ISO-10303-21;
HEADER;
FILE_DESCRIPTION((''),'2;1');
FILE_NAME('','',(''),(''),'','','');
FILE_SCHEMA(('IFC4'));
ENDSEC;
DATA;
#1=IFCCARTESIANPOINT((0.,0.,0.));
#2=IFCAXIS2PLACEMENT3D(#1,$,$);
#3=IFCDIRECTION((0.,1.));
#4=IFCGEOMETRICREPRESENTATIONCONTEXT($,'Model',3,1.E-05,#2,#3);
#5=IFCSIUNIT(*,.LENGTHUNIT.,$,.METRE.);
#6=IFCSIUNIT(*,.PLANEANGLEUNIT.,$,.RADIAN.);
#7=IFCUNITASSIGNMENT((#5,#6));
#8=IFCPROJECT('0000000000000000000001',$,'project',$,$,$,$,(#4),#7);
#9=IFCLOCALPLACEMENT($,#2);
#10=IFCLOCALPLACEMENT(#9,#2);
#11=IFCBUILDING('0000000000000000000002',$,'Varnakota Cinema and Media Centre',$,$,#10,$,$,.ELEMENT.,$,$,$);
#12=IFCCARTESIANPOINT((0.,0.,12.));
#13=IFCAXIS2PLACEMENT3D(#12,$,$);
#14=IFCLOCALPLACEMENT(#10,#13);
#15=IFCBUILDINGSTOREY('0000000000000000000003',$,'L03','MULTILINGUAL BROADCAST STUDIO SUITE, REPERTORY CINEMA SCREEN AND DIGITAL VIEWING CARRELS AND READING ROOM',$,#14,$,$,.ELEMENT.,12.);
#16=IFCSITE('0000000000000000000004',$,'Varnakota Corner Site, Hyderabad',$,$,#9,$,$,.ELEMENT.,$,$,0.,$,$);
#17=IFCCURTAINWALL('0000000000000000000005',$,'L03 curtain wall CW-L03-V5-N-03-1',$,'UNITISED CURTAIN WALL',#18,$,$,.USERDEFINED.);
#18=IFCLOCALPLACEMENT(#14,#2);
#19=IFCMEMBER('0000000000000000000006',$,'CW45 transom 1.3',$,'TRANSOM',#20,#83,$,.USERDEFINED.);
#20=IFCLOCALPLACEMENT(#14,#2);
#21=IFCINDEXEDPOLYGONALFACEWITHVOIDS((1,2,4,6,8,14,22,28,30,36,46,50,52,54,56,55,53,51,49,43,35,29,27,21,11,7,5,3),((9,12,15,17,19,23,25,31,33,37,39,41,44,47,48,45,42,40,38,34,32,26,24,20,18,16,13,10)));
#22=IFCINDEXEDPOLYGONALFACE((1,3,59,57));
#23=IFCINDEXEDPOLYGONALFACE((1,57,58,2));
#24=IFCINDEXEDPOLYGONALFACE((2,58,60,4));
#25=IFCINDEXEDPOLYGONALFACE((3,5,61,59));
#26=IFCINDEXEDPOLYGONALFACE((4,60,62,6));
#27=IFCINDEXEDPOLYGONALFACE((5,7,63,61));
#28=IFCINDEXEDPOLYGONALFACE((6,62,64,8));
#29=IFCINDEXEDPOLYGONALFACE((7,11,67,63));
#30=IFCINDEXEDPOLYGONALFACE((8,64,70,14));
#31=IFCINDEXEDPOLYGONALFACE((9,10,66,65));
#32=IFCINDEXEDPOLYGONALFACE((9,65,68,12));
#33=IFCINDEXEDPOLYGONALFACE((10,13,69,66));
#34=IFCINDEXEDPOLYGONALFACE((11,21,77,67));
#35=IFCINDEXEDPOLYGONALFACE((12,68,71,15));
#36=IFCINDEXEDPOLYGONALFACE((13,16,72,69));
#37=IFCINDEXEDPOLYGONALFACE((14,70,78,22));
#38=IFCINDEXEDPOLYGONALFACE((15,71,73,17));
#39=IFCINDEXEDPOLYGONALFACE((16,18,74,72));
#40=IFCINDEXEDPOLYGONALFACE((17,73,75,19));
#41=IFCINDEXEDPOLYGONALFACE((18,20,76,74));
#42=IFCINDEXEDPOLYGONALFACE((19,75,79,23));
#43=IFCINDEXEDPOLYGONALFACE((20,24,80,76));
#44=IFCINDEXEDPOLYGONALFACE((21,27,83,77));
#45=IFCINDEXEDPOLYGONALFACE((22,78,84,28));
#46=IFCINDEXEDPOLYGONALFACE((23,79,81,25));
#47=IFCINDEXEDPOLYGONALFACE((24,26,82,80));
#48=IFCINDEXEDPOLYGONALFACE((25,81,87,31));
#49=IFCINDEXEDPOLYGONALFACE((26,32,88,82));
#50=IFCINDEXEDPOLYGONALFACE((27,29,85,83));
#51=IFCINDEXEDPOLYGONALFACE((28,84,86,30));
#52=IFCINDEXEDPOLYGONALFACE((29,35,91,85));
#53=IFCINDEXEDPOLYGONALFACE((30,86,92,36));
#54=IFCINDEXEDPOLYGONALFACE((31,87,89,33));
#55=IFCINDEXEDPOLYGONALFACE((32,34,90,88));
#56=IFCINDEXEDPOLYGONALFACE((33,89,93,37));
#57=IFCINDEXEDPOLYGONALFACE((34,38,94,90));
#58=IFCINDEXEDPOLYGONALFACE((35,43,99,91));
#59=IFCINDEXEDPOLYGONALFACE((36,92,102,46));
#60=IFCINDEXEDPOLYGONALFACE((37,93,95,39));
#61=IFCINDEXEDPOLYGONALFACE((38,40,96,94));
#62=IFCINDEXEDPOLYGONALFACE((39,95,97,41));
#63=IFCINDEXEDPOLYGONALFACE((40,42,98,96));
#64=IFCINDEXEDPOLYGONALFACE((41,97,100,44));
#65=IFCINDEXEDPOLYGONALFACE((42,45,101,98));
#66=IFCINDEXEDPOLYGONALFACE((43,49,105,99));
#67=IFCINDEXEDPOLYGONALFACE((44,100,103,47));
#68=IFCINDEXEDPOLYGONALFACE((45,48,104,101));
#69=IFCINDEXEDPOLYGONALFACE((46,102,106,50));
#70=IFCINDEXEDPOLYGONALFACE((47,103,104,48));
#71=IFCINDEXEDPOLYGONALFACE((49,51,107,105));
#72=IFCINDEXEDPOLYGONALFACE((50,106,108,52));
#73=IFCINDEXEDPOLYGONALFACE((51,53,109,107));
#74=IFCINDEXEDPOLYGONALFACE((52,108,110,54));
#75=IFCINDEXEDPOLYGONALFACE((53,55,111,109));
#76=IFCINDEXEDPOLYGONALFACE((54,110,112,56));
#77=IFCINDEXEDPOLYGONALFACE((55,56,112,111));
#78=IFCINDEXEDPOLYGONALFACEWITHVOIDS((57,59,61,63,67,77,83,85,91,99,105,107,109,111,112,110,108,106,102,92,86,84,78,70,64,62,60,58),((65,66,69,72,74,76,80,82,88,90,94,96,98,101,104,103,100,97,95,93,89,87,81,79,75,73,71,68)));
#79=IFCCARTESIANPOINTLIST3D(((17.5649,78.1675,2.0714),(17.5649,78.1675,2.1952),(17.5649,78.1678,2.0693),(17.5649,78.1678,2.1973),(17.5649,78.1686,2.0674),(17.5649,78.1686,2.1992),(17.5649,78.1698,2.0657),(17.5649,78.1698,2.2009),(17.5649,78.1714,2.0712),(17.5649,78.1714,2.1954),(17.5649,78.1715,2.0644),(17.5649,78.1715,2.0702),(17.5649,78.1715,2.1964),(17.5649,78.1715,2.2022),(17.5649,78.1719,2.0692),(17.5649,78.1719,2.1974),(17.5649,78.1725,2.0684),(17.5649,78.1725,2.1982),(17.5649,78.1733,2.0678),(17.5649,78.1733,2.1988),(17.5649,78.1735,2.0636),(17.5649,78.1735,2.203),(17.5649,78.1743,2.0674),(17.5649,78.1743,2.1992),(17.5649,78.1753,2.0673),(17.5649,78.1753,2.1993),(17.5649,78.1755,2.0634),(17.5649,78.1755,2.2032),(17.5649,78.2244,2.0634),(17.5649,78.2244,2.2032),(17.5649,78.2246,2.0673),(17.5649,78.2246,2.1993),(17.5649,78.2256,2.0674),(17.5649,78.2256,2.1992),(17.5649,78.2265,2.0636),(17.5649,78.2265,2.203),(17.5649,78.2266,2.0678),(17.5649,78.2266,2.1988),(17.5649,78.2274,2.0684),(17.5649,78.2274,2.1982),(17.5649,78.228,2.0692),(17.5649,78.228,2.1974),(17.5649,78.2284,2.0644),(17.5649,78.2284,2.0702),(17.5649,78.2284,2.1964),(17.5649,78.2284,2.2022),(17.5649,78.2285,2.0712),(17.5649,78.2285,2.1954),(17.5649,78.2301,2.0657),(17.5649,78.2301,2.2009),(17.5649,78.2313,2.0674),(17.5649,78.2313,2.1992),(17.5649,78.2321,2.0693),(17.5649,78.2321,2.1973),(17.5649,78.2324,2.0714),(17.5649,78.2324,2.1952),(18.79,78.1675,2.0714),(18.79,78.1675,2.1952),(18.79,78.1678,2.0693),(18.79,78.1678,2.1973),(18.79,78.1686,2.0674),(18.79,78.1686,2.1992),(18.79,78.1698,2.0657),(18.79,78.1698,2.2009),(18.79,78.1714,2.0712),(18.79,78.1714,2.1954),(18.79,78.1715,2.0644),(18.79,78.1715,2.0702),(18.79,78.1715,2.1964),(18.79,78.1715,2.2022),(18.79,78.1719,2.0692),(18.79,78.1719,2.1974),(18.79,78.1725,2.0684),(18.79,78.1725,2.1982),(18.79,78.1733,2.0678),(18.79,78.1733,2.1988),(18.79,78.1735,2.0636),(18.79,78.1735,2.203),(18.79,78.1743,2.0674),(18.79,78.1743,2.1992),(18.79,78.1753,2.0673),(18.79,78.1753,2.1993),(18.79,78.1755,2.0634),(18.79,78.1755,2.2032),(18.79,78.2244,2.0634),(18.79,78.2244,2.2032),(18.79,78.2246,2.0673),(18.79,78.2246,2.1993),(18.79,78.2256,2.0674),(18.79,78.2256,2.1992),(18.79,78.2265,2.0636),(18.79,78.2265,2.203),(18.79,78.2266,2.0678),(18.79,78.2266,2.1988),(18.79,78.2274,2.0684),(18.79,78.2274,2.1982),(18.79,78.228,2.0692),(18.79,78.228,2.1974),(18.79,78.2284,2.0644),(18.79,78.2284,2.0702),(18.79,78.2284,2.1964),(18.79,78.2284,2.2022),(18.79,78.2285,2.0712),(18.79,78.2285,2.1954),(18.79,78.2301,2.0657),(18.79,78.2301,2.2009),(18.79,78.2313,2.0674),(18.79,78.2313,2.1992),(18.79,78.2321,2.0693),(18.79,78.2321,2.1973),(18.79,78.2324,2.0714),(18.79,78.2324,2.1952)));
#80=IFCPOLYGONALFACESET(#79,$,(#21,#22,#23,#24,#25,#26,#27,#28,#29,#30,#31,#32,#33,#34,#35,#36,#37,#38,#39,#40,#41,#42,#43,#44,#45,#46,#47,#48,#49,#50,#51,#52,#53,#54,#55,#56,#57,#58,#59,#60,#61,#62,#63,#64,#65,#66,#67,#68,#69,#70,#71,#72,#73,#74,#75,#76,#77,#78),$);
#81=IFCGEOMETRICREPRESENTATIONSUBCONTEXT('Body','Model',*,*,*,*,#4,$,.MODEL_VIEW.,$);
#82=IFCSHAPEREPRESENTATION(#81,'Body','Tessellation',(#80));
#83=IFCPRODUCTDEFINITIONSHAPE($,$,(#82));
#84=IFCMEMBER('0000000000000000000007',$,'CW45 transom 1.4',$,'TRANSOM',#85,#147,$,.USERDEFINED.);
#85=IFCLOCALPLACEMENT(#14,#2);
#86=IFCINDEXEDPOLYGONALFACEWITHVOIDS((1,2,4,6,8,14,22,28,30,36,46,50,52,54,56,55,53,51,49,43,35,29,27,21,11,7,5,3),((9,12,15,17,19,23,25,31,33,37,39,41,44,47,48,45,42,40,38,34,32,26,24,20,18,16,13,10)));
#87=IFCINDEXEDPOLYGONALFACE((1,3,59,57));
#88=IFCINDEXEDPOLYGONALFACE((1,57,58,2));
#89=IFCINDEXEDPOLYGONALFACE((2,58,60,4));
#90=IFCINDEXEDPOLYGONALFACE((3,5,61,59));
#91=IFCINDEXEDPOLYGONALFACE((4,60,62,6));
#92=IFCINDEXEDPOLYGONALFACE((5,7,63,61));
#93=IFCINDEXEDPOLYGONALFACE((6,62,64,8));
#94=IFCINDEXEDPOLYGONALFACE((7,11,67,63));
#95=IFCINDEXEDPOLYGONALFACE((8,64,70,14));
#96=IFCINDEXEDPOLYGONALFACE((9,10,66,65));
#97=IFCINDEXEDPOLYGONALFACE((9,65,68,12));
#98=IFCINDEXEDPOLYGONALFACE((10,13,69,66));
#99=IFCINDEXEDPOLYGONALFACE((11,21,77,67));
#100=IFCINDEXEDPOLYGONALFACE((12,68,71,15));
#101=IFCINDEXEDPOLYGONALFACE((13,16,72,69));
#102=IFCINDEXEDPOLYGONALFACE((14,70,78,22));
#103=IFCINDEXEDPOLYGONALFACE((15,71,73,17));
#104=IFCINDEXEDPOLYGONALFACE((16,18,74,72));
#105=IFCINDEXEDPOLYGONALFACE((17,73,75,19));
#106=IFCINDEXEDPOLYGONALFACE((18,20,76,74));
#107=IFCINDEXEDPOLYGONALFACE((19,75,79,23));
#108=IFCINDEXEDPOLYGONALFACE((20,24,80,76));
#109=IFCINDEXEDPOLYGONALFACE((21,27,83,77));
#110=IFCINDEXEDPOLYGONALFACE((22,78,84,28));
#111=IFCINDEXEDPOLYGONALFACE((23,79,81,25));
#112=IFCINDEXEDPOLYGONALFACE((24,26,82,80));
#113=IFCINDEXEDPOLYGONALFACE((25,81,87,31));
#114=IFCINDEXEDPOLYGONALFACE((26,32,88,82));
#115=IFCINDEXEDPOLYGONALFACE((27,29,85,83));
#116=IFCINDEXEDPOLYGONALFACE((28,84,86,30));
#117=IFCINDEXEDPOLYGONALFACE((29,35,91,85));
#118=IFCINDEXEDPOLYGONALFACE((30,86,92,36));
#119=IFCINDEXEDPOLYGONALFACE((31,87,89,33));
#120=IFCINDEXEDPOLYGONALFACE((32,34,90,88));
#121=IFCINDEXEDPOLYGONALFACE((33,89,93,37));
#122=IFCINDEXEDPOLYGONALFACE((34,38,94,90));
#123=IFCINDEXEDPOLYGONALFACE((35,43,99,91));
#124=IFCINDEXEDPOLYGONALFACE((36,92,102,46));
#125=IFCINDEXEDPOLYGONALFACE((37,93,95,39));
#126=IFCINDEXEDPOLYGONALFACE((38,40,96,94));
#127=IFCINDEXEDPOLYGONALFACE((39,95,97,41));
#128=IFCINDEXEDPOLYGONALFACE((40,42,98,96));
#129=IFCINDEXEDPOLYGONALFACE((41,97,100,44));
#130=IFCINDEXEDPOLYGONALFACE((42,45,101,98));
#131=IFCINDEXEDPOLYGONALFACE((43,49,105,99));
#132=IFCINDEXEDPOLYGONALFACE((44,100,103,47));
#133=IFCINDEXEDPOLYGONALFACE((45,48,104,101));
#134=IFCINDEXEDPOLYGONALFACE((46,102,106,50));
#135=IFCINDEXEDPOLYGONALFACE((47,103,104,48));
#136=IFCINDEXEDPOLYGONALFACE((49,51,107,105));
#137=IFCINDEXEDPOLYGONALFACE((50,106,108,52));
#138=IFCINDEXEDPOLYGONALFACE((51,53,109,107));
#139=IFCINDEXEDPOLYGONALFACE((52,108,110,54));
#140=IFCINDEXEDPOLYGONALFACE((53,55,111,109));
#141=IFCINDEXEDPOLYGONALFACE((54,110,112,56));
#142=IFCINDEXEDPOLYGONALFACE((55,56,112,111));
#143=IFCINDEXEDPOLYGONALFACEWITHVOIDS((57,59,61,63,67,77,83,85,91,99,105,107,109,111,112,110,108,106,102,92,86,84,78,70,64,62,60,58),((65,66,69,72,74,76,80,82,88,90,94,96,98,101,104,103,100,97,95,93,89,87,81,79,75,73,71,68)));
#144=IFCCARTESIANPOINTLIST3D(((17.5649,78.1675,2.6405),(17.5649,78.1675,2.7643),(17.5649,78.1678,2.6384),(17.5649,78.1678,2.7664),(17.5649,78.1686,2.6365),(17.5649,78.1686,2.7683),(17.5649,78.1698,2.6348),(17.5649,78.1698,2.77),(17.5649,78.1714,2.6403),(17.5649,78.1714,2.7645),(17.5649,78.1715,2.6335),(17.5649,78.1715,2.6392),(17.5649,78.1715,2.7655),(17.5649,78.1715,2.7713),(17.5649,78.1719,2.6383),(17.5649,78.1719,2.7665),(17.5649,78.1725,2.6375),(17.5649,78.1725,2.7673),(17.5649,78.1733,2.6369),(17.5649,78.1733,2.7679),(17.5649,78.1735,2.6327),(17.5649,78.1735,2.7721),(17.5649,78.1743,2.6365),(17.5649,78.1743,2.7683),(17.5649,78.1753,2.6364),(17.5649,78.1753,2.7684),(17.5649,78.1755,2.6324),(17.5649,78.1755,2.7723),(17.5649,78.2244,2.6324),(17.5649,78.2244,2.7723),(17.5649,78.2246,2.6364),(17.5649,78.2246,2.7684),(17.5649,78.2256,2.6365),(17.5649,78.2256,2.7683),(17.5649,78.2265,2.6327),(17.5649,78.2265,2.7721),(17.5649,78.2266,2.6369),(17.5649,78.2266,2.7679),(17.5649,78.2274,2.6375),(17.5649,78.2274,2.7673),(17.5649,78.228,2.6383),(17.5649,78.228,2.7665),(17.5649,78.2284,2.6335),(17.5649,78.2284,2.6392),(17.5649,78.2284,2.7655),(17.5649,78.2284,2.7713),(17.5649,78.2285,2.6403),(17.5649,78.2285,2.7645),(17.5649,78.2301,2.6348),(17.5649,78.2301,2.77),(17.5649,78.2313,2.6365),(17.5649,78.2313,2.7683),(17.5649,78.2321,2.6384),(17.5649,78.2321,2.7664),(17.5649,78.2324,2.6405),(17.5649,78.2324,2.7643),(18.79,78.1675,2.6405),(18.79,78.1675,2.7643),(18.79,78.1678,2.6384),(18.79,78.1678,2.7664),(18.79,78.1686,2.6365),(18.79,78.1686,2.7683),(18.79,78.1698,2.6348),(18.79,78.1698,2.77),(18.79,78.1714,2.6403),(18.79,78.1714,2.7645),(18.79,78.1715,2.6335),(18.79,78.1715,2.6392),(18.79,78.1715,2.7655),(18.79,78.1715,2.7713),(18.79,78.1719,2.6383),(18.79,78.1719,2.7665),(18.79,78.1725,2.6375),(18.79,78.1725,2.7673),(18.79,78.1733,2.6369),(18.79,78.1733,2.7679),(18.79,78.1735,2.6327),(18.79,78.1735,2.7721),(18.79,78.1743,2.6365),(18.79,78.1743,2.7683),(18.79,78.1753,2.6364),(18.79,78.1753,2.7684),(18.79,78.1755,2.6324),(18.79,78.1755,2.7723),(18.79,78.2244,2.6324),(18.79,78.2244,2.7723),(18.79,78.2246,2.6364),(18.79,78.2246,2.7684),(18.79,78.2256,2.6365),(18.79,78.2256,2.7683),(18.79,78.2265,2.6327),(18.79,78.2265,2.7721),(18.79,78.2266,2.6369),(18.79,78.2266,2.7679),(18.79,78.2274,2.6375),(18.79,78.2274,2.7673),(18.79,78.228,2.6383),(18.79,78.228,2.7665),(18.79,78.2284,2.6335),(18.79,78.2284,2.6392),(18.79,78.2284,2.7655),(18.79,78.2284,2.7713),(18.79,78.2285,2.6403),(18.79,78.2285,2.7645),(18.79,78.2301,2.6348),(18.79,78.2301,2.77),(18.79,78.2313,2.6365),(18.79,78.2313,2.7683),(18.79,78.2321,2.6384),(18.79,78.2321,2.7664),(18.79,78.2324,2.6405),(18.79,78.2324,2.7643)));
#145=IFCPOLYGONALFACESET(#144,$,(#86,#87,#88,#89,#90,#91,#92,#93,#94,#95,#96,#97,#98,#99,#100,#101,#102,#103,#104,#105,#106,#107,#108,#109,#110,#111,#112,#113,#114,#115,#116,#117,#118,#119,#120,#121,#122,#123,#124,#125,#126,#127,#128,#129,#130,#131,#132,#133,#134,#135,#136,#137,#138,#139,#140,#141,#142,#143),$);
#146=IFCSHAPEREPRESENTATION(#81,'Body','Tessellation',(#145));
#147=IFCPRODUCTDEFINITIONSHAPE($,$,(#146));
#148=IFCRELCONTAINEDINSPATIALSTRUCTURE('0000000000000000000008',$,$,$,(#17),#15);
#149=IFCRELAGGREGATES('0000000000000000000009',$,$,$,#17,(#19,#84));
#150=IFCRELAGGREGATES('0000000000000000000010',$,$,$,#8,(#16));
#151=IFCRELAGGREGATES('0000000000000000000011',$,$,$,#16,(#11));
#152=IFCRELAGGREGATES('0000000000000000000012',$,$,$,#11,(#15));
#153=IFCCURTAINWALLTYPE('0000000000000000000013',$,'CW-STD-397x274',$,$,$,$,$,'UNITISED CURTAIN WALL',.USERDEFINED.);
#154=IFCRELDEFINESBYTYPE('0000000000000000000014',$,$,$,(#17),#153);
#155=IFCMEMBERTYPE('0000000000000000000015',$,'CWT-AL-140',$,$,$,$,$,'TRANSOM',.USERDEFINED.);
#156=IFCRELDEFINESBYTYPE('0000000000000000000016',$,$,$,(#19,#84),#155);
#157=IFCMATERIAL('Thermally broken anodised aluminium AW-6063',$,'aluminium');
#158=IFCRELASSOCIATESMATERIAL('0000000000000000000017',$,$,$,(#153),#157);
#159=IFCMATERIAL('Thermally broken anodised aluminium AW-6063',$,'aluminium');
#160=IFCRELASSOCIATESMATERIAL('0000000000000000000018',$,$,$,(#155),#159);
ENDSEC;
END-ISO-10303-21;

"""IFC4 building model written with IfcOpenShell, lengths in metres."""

from ifc_helpers import new_model, si_unit, direction, frame, origin, origin_2d, place, context, subcontext, project, spatial, hollow_rectangle, extrude, material, material_profile, profile_set, type_object, element, aggregate, save


model = new_model("IFC4")

# Units and contexts
model_context = context("Model", 3, precision=1e-05, world=origin(), true_north=direction((0.0, 1.0)))
body_context = subcontext(model_context, "Body", "Model", "MODEL_VIEW")
ifc_project = project(units=[si_unit("LENGTHUNIT", "METRE"), si_unit("PLANEANGLEUNIT", "RADIAN")], contexts=[model_context])

# Site, building, storey
site_placement = place(None, origin())
site = spatial("IfcSite", under=ifc_project, at=site_placement, Name="Varnakota Corner Site, Hyderabad", CompositionType="ELEMENT", RefElevation=0.0)
building_placement = place(site_placement, origin())
building = spatial("IfcBuilding", under=site, at=building_placement, Name="Varnakota Cinema and Media Centre", CompositionType="ELEMENT")
storey_placement = place(building_placement, frame((0.0, 0.0, 12.0)))
storey = spatial("IfcBuildingStorey", under=building, at=storey_placement, Name="L03", Description="MULTILINGUAL BROADCAST STUDIO SUITE, REPERTORY CINEMA SCREEN AND DIGITAL VIEWING CARRELS AND READING ROOM", CompositionType="ELEMENT", Elevation=12.0)

# Curtain wall
ifc_material_1 = material(Name="Thermally broken anodised aluminium AW-6063", Category="aluminium")
curtain_wall_type_1 = type_object("IfcCurtainWallType", Name="CW-STD-397x274", ElementType="UNITISED CURTAIN WALL", PredefinedType="USERDEFINED", material=ifc_material_1)
curtain_wall_1_placement = place(storey_placement, origin())
curtain_wall_1 = element("IfcCurtainWall", 1, at=curtain_wall_1_placement, inside=storey, type_object=curtain_wall_type_1, Name="L03 curtain wall CW-L03-V5-N-03-1", ObjectType="UNITISED CURTAIN WALL", PredefinedType="USERDEFINED")

# Members
ifc_material_2 = material(Name="Thermally broken anodised aluminium AW-6063", Category="aluminium")
ifc_material_profile_1 = material_profile(ifc_material_2, hollow_rectangle(XDim=0.0649, YDim=0.1399, WallThickness=0.0039, InnerFilletRadius=0.0039, OuterFilletRadius=0.0081, at=origin_2d()), Name="AL-TRANSOM 140x65x4")
ifc_profile_set_1 = profile_set([ifc_material_profile_1], Name="Thermally broken anodised aluminium AW-6063")
member_type_1 = type_object("IfcMemberType", Name="CWT-AL-140", ElementType="TRANSOM", PredefinedType="USERDEFINED", material=ifc_profile_set_1)
member_1_placement = place(storey_placement, frame((17.5649, 78.2, 2.1333), z_axis=(1.0, 0.0, 0.0), x_axis=(0.0, 1.0, 0.0)))
member_1 = element("IfcMember", 2, at=member_1_placement, type_object=member_type_1, Name="CW45 transom 1.3", ObjectType="TRANSOM", PredefinedType="USERDEFINED", context=body_context, shape_type="SweptSolid", body=[
    extrude(hollow_rectangle(XDim=0.0649, YDim=0.1399, WallThickness=0.0039, InnerFilletRadius=0.0039, OuterFilletRadius=0.0081, at=origin_2d()), origin(), (0.0, 0.0, 1.0), 1.2251),
])
member_2_placement = place(storey_placement, frame((17.5649, 78.2, 2.7024), z_axis=(1.0, 0.0, 0.0), x_axis=(0.0, 1.0, 0.0)))
member_2 = element("IfcMember", 3, at=member_2_placement, type_object=member_type_1, Name="CW45 transom 1.4", ObjectType="TRANSOM", PredefinedType="USERDEFINED", context=body_context, shape_type="SweptSolid", body=[
    extrude(hollow_rectangle(XDim=0.0649, YDim=0.1399, WallThickness=0.0039, InnerFilletRadius=0.0039, OuterFilletRadius=0.0081, at=origin_2d()), origin(), (0.0, 0.0, 1.0), 1.2251),
])

aggregate(curtain_wall_1, [member_1, member_2])

save(model, "model.ifc")
